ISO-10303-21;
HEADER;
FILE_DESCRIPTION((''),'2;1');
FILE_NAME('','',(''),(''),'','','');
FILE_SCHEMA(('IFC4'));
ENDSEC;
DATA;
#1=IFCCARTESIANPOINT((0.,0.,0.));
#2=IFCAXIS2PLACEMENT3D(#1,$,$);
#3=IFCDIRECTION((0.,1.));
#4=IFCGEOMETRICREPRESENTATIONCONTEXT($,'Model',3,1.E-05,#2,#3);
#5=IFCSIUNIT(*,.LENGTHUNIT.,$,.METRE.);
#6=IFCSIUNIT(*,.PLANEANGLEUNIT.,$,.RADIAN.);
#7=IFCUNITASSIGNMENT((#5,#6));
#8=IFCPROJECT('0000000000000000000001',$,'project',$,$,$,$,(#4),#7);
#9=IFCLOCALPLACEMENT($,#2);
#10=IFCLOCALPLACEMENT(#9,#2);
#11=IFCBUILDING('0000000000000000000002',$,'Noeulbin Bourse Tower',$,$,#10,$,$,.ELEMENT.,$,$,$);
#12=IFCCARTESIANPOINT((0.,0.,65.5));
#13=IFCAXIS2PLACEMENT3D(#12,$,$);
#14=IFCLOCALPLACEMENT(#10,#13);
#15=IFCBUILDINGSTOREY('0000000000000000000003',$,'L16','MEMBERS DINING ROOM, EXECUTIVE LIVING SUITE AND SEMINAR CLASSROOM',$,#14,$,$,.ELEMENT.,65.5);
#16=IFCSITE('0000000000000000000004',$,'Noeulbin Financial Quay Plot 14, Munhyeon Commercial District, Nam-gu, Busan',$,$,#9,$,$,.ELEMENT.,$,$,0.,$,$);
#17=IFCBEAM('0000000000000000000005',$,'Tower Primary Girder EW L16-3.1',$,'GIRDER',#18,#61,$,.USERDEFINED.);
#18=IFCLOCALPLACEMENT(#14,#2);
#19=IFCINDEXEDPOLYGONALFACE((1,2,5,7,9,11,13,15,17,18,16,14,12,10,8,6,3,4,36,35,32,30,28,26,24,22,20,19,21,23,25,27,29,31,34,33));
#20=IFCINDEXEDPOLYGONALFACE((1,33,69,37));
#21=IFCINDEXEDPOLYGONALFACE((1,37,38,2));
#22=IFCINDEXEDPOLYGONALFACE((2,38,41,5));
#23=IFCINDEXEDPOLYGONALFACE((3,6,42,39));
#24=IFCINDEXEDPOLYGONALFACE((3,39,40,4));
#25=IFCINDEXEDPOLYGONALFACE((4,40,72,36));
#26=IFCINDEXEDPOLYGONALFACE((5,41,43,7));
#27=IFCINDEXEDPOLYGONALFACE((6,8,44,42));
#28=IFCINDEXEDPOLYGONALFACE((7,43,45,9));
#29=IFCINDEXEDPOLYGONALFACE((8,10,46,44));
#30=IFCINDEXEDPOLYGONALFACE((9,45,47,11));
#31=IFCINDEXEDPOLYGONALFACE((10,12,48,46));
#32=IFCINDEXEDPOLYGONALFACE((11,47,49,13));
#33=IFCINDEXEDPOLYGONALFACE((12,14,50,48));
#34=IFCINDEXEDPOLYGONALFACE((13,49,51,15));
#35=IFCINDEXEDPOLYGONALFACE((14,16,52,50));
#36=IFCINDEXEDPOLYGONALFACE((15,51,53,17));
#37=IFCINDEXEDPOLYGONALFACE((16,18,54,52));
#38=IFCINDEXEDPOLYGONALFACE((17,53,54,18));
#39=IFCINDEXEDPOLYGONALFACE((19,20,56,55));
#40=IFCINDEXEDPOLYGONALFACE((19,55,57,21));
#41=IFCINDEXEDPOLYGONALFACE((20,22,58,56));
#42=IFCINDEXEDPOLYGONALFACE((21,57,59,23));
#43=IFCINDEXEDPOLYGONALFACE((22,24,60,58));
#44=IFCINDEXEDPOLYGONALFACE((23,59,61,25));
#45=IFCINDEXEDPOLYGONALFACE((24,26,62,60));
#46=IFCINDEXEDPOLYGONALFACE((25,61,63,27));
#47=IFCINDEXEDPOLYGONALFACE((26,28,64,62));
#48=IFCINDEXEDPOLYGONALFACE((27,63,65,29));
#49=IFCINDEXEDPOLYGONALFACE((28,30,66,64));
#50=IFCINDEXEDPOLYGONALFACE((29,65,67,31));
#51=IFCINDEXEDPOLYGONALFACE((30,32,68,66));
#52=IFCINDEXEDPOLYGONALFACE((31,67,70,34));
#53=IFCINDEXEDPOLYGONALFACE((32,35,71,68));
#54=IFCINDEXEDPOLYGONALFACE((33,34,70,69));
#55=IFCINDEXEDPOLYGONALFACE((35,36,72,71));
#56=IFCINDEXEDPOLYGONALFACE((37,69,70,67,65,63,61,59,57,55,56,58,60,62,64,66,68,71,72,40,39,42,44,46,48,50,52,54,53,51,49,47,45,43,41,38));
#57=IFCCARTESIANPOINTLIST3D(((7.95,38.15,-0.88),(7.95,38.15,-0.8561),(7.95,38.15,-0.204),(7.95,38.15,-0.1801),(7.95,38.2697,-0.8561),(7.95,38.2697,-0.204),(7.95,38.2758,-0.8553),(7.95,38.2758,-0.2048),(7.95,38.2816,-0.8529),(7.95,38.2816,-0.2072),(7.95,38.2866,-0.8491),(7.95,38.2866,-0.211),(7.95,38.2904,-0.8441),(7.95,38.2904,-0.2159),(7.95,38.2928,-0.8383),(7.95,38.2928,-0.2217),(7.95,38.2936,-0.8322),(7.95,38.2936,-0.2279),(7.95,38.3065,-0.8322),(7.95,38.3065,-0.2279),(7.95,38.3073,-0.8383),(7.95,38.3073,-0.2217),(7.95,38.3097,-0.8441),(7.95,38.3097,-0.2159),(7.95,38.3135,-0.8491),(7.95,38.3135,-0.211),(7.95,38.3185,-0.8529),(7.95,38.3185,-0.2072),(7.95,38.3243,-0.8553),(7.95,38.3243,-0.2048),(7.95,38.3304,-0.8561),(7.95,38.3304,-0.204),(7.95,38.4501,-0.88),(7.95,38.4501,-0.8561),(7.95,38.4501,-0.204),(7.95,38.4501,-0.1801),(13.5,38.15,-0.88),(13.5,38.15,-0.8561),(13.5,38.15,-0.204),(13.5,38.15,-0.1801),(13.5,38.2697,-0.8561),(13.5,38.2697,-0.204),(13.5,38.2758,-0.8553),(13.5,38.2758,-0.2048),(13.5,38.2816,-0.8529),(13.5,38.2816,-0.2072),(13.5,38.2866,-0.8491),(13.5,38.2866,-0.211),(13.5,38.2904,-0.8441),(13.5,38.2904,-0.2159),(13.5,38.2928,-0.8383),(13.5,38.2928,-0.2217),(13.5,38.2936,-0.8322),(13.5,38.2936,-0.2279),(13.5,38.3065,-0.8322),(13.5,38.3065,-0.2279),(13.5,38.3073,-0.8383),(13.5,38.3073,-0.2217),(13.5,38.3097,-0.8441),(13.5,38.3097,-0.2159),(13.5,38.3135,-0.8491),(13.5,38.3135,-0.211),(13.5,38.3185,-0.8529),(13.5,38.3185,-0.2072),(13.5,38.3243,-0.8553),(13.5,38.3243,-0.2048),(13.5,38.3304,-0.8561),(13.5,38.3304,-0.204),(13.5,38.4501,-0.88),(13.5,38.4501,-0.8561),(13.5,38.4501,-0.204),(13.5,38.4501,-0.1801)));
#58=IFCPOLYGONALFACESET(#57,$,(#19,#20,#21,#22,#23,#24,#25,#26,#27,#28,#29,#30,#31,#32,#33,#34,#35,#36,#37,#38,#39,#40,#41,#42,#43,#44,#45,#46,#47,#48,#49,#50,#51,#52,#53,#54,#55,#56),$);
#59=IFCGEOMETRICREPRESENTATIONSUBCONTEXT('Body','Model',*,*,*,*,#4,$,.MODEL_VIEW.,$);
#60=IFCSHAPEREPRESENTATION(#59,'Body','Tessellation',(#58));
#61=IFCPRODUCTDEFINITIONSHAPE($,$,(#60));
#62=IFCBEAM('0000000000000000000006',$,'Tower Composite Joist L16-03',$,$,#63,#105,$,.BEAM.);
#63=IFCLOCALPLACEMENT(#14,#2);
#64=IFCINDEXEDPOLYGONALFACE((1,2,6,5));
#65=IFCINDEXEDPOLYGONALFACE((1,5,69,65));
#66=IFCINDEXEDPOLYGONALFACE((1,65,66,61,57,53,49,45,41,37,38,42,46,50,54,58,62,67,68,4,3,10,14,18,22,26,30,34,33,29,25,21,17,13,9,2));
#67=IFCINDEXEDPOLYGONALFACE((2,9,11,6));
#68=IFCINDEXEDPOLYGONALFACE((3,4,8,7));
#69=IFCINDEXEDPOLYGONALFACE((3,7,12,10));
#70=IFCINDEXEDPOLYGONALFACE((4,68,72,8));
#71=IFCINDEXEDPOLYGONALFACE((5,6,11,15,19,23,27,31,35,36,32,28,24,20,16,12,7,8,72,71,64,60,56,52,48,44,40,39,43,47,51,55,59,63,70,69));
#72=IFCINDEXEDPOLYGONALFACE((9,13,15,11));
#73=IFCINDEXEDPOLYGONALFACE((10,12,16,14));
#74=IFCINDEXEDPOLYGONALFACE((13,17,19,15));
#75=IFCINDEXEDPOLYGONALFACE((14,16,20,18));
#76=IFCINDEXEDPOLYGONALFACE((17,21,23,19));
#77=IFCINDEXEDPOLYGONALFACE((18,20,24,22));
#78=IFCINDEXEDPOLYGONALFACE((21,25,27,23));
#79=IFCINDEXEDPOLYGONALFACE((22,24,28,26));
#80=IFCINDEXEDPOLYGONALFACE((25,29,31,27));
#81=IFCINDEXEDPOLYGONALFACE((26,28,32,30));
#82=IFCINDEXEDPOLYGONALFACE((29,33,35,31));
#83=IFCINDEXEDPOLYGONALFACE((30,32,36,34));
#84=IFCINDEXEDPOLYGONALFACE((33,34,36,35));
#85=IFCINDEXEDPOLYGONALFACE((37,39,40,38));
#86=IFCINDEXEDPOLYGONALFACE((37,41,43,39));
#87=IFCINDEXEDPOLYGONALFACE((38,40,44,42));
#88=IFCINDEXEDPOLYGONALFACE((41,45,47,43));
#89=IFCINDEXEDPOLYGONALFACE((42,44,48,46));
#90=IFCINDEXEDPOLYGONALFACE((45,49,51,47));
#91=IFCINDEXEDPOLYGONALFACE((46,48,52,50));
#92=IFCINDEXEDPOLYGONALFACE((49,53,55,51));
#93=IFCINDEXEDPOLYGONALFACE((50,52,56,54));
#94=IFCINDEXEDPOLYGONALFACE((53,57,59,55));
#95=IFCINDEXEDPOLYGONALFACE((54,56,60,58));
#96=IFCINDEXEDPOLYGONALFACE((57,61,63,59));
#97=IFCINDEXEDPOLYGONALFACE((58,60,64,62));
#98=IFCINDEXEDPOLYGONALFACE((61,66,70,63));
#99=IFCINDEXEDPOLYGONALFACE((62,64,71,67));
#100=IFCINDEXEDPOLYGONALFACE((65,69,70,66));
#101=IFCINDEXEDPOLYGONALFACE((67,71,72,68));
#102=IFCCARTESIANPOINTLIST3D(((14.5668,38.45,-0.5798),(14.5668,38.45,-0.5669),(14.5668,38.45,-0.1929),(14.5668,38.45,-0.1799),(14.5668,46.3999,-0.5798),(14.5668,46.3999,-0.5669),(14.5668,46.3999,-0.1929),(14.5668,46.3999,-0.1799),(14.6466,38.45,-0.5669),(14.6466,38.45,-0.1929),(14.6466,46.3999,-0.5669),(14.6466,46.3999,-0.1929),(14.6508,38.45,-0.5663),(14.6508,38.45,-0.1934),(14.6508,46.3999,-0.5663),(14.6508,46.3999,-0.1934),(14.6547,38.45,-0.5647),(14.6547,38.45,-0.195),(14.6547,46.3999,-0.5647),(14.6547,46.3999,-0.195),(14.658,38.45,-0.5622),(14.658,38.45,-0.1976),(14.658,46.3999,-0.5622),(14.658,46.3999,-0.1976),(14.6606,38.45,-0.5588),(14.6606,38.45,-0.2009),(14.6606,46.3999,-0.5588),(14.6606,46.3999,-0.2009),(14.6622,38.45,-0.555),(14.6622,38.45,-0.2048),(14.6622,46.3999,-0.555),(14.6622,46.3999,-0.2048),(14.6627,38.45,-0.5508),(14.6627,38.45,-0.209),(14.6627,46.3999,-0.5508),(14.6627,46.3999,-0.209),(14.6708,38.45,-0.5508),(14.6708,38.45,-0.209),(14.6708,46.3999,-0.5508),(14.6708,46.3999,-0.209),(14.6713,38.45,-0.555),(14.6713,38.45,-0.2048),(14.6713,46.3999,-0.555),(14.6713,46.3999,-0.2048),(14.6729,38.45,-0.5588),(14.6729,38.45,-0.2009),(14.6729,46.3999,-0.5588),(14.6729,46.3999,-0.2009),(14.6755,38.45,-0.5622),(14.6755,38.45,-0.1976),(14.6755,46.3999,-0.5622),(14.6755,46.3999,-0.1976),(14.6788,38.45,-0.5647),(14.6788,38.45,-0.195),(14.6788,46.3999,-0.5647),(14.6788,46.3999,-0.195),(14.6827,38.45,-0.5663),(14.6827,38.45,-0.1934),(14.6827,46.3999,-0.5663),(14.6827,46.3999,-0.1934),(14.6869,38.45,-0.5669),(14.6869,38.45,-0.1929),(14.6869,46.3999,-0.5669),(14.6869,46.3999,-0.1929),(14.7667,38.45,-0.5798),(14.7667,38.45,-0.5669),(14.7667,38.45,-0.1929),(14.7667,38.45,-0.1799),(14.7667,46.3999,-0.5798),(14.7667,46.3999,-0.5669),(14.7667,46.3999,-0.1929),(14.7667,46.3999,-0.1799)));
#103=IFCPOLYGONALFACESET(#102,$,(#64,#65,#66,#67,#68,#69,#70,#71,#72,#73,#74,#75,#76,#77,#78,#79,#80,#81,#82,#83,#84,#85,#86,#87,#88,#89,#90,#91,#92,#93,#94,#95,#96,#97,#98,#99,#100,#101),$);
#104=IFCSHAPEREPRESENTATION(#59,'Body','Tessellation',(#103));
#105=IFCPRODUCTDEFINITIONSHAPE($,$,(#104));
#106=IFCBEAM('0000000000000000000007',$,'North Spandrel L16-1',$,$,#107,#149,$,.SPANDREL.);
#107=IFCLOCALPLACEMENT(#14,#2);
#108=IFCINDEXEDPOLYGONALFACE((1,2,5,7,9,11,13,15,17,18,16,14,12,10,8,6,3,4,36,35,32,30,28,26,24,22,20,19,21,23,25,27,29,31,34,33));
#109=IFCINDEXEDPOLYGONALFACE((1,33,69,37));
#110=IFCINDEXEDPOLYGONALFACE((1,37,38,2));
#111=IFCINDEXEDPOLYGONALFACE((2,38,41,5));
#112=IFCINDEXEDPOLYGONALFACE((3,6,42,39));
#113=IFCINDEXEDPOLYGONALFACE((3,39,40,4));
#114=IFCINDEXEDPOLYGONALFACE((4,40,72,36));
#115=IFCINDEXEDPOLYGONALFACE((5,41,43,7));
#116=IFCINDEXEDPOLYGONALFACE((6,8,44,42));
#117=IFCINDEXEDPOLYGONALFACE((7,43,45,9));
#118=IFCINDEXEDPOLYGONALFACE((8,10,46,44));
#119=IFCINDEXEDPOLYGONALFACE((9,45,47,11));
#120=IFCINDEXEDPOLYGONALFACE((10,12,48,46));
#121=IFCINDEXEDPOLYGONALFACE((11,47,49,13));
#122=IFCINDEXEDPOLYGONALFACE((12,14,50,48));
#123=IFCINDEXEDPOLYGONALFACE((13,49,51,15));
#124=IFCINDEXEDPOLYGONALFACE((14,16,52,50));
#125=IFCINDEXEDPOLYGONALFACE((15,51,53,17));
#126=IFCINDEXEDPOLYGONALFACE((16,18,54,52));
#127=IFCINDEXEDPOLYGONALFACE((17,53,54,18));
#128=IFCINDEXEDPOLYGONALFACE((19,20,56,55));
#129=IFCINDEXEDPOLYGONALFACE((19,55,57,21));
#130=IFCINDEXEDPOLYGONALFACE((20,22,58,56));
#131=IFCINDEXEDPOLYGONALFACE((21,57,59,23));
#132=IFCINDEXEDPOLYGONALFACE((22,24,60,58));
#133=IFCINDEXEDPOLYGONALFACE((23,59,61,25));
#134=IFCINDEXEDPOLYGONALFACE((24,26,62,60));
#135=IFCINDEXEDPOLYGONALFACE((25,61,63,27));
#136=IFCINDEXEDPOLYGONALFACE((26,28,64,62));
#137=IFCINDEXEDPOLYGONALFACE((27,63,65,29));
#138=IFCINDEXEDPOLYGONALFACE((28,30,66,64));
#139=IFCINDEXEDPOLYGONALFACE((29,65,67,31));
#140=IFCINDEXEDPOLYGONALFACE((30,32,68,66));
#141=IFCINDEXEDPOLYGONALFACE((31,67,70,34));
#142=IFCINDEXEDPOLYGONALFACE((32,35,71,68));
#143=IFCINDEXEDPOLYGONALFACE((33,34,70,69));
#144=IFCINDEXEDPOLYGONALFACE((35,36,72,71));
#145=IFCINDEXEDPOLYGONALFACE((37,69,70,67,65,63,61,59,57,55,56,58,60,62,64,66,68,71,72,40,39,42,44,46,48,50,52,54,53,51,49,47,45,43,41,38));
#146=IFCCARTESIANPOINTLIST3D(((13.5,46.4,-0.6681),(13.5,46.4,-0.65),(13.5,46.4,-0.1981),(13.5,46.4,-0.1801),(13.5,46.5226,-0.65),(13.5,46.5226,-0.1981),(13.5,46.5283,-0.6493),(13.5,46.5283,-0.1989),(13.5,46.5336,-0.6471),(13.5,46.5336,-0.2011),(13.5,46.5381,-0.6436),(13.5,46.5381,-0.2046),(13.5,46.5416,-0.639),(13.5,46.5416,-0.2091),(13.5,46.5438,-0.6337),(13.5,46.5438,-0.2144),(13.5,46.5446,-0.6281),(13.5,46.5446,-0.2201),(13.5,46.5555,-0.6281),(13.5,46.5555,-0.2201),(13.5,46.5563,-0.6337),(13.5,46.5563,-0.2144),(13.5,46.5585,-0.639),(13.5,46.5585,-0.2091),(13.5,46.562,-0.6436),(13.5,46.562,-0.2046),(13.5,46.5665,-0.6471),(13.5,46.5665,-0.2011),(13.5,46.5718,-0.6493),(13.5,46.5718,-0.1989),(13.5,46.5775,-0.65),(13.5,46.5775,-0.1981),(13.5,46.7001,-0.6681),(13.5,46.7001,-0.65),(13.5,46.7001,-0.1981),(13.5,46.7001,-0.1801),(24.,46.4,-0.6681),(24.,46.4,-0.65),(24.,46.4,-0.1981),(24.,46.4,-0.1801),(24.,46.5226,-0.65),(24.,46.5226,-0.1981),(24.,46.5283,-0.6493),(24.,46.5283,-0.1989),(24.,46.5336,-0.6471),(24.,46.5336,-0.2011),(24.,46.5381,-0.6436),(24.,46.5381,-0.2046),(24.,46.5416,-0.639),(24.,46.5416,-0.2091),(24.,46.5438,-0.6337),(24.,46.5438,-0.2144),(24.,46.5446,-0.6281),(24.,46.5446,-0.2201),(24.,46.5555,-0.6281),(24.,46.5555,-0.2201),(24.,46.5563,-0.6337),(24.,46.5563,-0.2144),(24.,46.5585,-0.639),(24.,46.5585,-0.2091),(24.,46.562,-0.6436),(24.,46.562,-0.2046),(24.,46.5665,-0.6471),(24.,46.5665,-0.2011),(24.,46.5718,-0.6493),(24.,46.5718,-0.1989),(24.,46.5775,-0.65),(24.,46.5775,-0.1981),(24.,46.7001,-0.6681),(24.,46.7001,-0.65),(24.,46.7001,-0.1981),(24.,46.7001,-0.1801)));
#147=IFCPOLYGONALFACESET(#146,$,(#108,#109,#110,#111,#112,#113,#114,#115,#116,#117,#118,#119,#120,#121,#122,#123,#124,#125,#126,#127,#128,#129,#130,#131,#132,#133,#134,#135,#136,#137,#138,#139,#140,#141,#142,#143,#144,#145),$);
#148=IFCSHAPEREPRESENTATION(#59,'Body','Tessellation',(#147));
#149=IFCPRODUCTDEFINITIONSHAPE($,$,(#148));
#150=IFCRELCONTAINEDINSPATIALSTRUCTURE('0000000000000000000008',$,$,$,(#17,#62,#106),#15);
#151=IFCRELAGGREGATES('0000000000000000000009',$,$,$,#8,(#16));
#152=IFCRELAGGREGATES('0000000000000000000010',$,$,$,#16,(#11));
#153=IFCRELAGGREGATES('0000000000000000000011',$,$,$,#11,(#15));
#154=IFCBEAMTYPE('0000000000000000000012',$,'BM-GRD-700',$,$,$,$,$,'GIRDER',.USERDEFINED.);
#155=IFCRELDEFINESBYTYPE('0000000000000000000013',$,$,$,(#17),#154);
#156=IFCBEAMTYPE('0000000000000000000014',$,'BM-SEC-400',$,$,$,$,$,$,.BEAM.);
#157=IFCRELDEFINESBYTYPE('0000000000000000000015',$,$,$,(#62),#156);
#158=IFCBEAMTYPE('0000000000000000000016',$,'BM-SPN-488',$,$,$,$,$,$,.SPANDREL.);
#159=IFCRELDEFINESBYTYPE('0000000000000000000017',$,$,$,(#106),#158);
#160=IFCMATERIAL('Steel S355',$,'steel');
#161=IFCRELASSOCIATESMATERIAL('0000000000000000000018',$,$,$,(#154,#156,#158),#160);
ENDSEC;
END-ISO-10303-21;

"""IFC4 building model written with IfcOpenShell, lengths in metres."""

from ifc_helpers import new_model, si_unit, direction, frame, origin, origin_2d, place, context, subcontext, project, spatial, i_section, extrude, material, material_profile, profile_set, type_object, element, save


model = new_model("IFC4")

# Units and contexts
model_context = context("Model", 3, precision=1e-05, world=origin(), true_north=direction((0.0, 1.0)))
body_context = subcontext(model_context, "Body", "Model", "MODEL_VIEW")
ifc_project = project(units=[si_unit("LENGTHUNIT", "METRE"), si_unit("PLANEANGLEUNIT", "RADIAN")], contexts=[model_context])

# Site, building, storey
site_placement = place(None, origin())
site = spatial("IfcSite", under=ifc_project, at=site_placement, Name="Noeulbin Financial Quay Plot 14, Munhyeon Commercial District, Nam-gu, Busan", CompositionType="ELEMENT", RefElevation=0.0)
building_placement = place(site_placement, origin())
building = spatial("IfcBuilding", under=site, at=building_placement, Name="Noeulbin Bourse Tower", CompositionType="ELEMENT")
storey_placement = place(building_placement, frame((0.0, 0.0, 65.5)))
storey = spatial("IfcBuildingStorey", under=building, at=storey_placement, Name="L16", Description="MEMBERS DINING ROOM, EXECUTIVE LIVING SUITE AND SEMINAR CLASSROOM", CompositionType="ELEMENT", Elevation=65.5)

# Beams
ifc_material_1 = material(Name="Steel S355", Category="steel")
ifc_material_profile_1 = material_profile(ifc_material_1, i_section(OverallWidth=0.3, OverallDepth=0.7, WebThickness=0.0129, FlangeThickness=0.0239, FilletRadius=0.0239, at=origin_2d()), Name="H-700x300x13x24", Category="LoadBearing")
ifc_profile_set_1 = profile_set([ifc_material_profile_1], Name="Steel S355")
beam_type_1 = type_object("IfcBeamType", Name="BM-GRD-700", ElementType="GIRDER", PredefinedType="USERDEFINED", material=ifc_profile_set_1)
beam_1_placement = place(storey_placement, frame((7.95, 38.3, -0.53), z_axis=(1.0, 0.0, 0.0), x_axis=(0.0, 1.0, 0.0)))
element("IfcBeam", 1, at=beam_1_placement, inside=storey, type_object=beam_type_1, Name="Tower Primary Girder EW L16-3.1", ObjectType="GIRDER", PredefinedType="USERDEFINED", context=body_context, shape_type="SweptSolid", body=[
    extrude(i_section(OverallWidth=0.3, OverallDepth=0.7, WebThickness=0.0129, FlangeThickness=0.0239, FilletRadius=0.0239, at=origin_2d()), origin(), (0.0, 0.0, 1.0), 5.55),
])
ifc_material_profile_2 = material_profile(ifc_material_1, i_section(OverallWidth=0.2, OverallDepth=0.3999, WebThickness=0.0081, FlangeThickness=0.0129, FilletRadius=0.0161, at=origin_2d()), Name="H-400x200x8x13", Category="LoadBearing")
ifc_profile_set_2 = profile_set([ifc_material_profile_2], Name="Steel S355")
beam_type_2 = type_object("IfcBeamType", Name="BM-SEC-400", PredefinedType="BEAM", material=ifc_profile_set_2)
beam_2_placement = place(storey_placement, frame((14.6667, 38.45, -0.3799), z_axis=(0.0, 1.0, 0.0), x_axis=(-1.0, 0.0, 0.0)))
element("IfcBeam", 2, at=beam_2_placement, inside=storey, type_object=beam_type_2, Name="Tower Composite Joist L16-03", PredefinedType="BEAM", context=body_context, shape_type="SweptSolid", body=[
    extrude(i_section(OverallWidth=0.2, OverallDepth=0.3999, WebThickness=0.0081, FlangeThickness=0.0129, FilletRadius=0.0161, at=origin_2d()), origin(), (0.0, 0.0, 1.0), 7.95),
])
ifc_material_profile_3 = material_profile(ifc_material_1, i_section(OverallWidth=0.3, OverallDepth=0.488, WebThickness=0.011, FlangeThickness=0.0181, FilletRadius=0.022, at=origin_2d()), Name="H-488x300x11x18", Category="LoadBearing")
ifc_profile_set_3 = profile_set([ifc_material_profile_3], Name="Steel S355")
beam_type_3 = type_object("IfcBeamType", Name="BM-SPN-488", PredefinedType="SPANDREL", material=ifc_profile_set_3)
beam_3_placement = place(storey_placement, frame((13.5, 46.55, -0.4241), z_axis=(1.0, 0.0, 0.0), x_axis=(0.0, 1.0, 0.0)))
element("IfcBeam", 3, at=beam_3_placement, inside=storey, type_object=beam_type_3, Name="North Spandrel L16-1", PredefinedType="SPANDREL", context=body_context, shape_type="SweptSolid", body=[
    extrude(i_section(OverallWidth=0.3, OverallDepth=0.488, WebThickness=0.011, FlangeThickness=0.0181, FilletRadius=0.022, at=origin_2d()), origin(), (0.0, 0.0, 1.0), 10.5),
])

save(model, "model.ifc")
